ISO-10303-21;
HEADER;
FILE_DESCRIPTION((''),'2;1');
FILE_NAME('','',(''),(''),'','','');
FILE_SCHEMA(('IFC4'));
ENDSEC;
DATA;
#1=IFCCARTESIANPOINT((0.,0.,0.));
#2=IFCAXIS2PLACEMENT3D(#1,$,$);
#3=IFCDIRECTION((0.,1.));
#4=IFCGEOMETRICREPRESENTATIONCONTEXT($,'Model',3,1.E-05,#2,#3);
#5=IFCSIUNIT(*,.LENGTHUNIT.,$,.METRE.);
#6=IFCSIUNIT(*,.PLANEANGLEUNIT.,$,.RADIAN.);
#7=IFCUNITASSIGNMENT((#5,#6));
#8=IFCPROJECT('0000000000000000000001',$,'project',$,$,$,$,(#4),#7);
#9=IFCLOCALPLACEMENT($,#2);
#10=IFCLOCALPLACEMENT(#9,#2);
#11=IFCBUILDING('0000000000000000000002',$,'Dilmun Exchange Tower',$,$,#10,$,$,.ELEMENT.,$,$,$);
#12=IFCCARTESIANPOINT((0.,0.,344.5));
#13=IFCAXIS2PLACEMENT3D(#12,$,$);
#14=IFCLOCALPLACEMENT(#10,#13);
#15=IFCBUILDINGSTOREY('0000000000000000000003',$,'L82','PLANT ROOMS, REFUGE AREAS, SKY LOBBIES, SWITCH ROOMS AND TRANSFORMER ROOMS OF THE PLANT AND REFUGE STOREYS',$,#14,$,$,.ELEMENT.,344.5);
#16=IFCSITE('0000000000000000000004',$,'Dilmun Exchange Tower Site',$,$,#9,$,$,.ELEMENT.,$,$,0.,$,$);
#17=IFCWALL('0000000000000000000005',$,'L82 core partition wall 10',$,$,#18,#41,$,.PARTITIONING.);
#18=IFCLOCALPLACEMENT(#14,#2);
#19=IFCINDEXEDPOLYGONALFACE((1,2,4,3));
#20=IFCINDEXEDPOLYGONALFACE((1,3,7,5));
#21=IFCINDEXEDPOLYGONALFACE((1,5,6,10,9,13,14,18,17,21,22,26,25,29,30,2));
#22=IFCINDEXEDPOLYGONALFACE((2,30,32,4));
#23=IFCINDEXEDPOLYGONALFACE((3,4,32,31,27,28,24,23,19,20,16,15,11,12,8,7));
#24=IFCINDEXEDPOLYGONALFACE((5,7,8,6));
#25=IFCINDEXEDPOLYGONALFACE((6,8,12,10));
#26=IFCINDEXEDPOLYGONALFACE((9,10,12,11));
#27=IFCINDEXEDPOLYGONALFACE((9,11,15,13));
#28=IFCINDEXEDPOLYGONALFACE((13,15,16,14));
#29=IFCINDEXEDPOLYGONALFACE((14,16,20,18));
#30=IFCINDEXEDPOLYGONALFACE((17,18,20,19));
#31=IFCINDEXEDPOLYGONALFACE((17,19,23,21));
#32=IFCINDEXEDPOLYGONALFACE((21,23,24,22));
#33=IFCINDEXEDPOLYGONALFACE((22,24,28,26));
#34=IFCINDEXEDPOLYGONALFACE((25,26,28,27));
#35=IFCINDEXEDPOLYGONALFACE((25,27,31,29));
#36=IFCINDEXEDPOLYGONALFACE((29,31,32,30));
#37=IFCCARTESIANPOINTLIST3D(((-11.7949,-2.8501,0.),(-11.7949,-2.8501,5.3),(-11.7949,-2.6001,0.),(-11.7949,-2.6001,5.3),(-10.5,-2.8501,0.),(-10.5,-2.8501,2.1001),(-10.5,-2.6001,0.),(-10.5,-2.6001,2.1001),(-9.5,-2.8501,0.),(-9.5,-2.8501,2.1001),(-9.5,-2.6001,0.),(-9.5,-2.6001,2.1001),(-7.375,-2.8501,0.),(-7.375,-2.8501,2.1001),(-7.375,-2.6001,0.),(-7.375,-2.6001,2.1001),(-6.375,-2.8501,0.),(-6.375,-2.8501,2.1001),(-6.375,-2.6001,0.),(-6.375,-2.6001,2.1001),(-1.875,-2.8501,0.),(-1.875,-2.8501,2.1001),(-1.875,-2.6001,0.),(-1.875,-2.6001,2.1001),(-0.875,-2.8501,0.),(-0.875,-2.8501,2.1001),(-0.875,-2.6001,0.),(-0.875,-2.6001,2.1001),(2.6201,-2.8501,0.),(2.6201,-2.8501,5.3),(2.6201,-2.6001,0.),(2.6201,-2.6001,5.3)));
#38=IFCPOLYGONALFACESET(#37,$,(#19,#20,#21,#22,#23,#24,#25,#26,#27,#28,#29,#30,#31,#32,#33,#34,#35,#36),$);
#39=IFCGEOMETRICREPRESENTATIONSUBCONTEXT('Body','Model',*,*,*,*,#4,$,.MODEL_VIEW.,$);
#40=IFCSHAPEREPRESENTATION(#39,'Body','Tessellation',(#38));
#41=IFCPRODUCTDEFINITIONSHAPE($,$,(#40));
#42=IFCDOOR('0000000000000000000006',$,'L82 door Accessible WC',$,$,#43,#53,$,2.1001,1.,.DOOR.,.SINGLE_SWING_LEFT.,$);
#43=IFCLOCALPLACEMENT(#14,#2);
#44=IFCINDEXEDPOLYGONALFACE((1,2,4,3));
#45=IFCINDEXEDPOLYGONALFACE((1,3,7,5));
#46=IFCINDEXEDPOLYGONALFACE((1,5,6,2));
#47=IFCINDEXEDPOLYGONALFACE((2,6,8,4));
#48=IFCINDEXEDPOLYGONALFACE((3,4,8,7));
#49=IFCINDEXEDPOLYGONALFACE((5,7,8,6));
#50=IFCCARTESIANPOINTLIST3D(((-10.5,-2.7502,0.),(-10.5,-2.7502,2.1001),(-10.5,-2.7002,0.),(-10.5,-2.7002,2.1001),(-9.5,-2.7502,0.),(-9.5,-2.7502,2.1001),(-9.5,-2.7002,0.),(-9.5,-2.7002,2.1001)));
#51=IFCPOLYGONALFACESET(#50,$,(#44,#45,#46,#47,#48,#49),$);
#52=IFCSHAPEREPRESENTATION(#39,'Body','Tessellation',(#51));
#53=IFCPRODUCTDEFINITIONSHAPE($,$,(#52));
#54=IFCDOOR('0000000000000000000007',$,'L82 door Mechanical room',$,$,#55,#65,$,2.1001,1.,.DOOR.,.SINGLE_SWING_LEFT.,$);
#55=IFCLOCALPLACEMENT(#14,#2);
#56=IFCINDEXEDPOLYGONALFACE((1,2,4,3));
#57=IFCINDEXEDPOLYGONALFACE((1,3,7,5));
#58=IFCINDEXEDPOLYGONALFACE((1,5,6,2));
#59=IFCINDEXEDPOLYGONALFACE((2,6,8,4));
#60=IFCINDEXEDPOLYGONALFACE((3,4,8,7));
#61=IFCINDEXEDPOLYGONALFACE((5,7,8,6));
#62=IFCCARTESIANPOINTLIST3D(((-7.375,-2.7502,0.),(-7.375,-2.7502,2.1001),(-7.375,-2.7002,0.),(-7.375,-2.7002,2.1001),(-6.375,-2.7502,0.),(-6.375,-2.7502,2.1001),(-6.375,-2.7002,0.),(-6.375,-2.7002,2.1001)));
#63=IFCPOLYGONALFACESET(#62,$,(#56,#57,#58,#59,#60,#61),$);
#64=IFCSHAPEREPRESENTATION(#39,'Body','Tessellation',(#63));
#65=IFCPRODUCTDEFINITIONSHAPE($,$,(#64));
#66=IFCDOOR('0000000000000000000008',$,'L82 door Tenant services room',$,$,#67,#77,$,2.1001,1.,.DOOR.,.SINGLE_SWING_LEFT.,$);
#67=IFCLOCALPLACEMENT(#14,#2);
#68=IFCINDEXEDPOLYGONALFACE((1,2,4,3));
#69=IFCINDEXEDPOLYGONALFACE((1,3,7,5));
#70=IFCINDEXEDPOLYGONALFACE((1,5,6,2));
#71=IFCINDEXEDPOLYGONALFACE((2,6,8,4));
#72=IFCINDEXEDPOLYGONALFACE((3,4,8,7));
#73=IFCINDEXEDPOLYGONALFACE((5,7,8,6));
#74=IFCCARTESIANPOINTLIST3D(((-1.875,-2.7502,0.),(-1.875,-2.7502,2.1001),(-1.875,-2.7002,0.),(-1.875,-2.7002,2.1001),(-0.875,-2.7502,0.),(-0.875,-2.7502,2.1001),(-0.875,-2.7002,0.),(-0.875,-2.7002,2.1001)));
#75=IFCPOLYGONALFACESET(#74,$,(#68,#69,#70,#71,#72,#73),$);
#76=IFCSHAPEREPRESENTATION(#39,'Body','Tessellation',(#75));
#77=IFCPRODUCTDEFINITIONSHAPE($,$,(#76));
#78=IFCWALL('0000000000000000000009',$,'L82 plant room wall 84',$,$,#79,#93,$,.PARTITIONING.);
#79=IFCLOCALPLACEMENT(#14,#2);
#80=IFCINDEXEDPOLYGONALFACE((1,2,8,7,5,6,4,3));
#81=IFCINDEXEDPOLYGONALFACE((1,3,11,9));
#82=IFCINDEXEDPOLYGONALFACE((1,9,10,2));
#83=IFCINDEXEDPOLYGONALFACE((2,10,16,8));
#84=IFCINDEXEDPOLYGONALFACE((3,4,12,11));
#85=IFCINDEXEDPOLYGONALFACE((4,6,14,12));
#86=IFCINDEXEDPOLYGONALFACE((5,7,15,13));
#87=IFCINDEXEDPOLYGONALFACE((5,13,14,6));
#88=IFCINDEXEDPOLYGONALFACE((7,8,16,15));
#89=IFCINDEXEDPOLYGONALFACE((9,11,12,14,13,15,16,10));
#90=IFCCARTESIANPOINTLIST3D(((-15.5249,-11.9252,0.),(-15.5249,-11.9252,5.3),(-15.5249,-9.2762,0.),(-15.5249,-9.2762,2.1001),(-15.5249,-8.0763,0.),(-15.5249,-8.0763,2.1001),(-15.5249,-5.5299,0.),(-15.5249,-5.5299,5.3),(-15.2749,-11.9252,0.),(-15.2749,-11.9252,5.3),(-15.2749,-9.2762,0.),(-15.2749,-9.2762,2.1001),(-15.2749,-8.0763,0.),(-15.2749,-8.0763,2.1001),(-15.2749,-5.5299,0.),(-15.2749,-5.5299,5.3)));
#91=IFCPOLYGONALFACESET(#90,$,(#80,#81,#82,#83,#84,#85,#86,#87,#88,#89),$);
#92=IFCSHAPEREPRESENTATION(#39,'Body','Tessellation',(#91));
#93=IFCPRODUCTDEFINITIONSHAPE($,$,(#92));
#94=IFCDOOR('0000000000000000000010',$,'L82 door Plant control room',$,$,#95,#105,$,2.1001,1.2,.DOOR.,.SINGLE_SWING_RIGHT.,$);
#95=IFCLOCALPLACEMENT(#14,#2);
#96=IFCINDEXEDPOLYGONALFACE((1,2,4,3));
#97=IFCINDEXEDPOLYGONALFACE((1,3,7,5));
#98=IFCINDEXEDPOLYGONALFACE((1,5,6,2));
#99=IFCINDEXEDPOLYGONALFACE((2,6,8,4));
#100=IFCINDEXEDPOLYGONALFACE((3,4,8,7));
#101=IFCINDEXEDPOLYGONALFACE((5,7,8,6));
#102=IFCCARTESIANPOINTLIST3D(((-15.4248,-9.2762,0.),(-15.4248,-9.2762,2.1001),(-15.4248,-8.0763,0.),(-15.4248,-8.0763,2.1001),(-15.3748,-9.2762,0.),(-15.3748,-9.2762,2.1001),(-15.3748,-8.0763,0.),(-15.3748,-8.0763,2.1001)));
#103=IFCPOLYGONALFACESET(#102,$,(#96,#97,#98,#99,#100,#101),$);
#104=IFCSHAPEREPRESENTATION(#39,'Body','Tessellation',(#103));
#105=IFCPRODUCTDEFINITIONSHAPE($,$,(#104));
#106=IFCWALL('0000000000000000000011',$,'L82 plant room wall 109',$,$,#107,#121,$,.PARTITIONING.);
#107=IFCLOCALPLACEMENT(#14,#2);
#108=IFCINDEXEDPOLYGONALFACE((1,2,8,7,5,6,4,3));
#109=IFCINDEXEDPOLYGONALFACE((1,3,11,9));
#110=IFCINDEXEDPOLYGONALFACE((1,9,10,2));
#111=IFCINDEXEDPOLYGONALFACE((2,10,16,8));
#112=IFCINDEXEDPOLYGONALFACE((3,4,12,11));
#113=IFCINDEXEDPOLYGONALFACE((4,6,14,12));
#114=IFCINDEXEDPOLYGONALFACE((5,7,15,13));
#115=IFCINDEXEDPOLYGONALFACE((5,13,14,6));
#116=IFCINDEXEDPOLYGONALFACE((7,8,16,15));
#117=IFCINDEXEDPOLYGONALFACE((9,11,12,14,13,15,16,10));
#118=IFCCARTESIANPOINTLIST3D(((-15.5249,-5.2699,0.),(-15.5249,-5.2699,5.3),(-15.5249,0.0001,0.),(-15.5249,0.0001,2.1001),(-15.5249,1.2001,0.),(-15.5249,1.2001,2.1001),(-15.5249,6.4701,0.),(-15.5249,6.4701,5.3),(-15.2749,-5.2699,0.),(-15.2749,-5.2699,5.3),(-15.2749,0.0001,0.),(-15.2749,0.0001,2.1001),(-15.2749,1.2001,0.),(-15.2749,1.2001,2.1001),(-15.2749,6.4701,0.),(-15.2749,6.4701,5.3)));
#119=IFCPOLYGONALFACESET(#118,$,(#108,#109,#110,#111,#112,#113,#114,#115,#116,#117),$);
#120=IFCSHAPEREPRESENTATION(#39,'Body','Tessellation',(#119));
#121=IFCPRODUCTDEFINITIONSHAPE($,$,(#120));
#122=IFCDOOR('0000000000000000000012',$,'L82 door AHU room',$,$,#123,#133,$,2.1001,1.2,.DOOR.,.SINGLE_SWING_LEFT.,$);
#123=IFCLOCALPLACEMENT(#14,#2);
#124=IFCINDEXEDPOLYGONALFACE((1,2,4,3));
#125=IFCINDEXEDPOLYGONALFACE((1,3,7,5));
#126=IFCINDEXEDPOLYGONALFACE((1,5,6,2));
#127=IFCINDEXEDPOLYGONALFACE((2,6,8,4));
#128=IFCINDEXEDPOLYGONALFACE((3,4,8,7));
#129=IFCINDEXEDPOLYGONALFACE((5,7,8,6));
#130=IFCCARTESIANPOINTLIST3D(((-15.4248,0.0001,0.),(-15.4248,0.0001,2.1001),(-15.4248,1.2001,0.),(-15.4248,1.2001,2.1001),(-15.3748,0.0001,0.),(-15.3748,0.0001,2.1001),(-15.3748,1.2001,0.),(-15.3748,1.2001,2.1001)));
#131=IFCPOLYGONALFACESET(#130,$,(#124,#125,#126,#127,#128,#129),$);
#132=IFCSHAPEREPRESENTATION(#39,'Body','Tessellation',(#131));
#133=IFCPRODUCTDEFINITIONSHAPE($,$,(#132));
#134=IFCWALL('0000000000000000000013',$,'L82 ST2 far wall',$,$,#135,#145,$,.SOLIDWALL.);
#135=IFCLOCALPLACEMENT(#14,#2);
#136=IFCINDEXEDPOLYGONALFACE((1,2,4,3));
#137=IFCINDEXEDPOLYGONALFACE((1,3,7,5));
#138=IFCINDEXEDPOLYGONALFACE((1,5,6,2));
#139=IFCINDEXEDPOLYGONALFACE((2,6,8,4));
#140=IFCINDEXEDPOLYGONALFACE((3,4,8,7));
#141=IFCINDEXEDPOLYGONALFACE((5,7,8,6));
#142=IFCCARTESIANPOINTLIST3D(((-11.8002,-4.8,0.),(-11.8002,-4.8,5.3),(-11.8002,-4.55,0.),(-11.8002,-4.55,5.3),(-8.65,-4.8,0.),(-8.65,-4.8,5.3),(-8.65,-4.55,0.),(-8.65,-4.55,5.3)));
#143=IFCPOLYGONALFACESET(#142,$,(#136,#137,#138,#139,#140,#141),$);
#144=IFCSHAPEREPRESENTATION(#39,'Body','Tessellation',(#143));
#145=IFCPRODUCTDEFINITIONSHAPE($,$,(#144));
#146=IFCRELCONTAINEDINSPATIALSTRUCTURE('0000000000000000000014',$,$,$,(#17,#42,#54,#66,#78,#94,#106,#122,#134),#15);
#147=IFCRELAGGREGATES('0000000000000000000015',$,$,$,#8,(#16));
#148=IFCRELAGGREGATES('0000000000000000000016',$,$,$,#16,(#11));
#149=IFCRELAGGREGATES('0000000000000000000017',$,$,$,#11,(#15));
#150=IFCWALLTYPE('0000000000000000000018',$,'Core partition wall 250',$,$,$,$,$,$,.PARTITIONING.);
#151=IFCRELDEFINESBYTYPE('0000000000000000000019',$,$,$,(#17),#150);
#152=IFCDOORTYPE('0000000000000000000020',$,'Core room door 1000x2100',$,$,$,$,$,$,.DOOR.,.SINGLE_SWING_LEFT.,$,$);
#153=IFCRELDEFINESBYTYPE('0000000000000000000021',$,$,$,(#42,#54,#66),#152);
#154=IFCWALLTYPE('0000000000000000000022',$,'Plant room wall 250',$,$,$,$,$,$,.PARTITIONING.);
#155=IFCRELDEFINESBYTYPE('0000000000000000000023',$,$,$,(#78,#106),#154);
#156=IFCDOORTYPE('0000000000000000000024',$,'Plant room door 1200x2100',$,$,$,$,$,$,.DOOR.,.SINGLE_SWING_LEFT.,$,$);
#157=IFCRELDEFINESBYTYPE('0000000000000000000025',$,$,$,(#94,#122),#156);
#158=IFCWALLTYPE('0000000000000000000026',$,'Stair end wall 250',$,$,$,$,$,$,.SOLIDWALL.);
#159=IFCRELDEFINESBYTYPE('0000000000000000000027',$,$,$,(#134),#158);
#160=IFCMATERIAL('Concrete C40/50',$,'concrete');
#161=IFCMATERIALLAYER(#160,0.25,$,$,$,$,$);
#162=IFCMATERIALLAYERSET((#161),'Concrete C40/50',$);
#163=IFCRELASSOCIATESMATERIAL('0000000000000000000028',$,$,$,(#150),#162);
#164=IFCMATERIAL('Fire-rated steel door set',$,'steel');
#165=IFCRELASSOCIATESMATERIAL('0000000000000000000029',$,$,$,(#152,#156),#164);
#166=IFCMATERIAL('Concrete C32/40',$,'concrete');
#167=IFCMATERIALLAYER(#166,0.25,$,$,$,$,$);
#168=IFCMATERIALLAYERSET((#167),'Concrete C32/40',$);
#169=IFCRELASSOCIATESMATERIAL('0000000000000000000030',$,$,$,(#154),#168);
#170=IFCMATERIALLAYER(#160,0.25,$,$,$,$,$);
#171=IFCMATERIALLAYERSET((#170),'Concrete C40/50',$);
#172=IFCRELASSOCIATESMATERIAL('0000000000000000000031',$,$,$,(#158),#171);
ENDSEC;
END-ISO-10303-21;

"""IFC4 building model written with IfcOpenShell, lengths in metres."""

from ifc_helpers import new_model, si_unit, direction, frame, frame_2d, origin, place, context, subcontext, project, spatial, rectangle, extrude, material, layer, layer_set, type_object, element, fill, save


model = new_model("IFC4")

# Units and contexts
model_context = context("Model", 3, precision=1e-05, world=origin(), true_north=direction((0.0, 1.0)))
body_context = subcontext(model_context, "Body", "Model", "MODEL_VIEW")
ifc_project = project(units=[si_unit("LENGTHUNIT", "METRE"), si_unit("PLANEANGLEUNIT", "RADIAN")], contexts=[model_context])

# Site, building, storey
site_placement = place(None, origin())
site = spatial("IfcSite", under=ifc_project, at=site_placement, Name="Dilmun Exchange Tower Site", CompositionType="ELEMENT", RefElevation=0.0)
building_placement = place(site_placement, origin())
building = spatial("IfcBuilding", under=site, at=building_placement, Name="Dilmun Exchange Tower", CompositionType="ELEMENT")
storey_placement = place(building_placement, frame((0.0, 0.0, 344.5)))
storey = spatial("IfcBuildingStorey", under=building, at=storey_placement, Name="L82", Description="PLANT ROOMS, REFUGE AREAS, SKY LOBBIES, SWITCH ROOMS AND TRANSFORMER ROOMS OF THE PLANT AND REFUGE STOREYS", CompositionType="ELEMENT", Elevation=344.5)

# Wall, openings, doors
ifc_material_1 = material(Name="Concrete C40/50", Category="concrete")
ifc_layer_1 = layer(ifc_material_1, 0.25)
ifc_layer_set_1 = layer_set([ifc_layer_1], Name="Concrete C40/50")
wall_type_1 = type_object("IfcWallType", Name="Core partition wall 250", PredefinedType="PARTITIONING", material=ifc_layer_set_1)
wall_1_placement = place(storey_placement, frame((-11.7949, -2.7251, 0.0), z_axis=(0.0, 0.0, 1.0), x_axis=(1.0, 0.0, 0.0)))
wall_1 = element("IfcWall", 1, at=wall_1_placement, inside=storey, type_object=wall_type_1, Name="L82 core partition wall 10", PredefinedType="PARTITIONING", context=body_context, shape_type="SweptSolid", body=[
    extrude(rectangle(XDim=14.415, YDim=0.25, at=frame_2d((7.2075, 0.0))), origin(), (0.0, 0.0, 1.0), 5.3),
])
opening_1_placement = place(wall_1_placement, frame((1.2949, 0.0, 0.0)))
opening_1 = element("IfcOpeningElement", 2, at=opening_1_placement, cuts=wall_1, PredefinedType="OPENING", context=body_context, shape_type="SweptSolid", body=[
    extrude(rectangle(XDim=1.0, YDim=2.1001, at=frame_2d((0.5, 1.05))), frame((0.0, 0.135, 0.0), z_axis=(0.0, -1.0, 0.0), x_axis=(1.0, 0.0, 0.0)), (0.0, 0.0, 1.0), 0.27),
])
opening_2_placement = place(wall_1_placement, frame((4.4199, 0.0, 0.0)))
opening_2 = element("IfcOpeningElement", 3, at=opening_2_placement, cuts=wall_1, PredefinedType="OPENING", context=body_context, shape_type="SweptSolid", body=[
    extrude(rectangle(XDim=1.0, YDim=2.1001, at=frame_2d((0.5, 1.05))), frame((0.0, 0.135, 0.0), z_axis=(0.0, -1.0, 0.0), x_axis=(1.0, 0.0, 0.0)), (0.0, 0.0, 1.0), 0.27),
])
opening_3_placement = place(wall_1_placement, frame((9.9199, 0.0, 0.0)))
opening_3 = element("IfcOpeningElement", 4, at=opening_3_placement, cuts=wall_1, PredefinedType="OPENING", context=body_context, shape_type="SweptSolid", body=[
    extrude(rectangle(XDim=1.0, YDim=2.1001, at=frame_2d((0.5, 1.05))), frame((0.0, 0.135, 0.0), z_axis=(0.0, -1.0, 0.0), x_axis=(1.0, 0.0, 0.0)), (0.0, 0.0, 1.0), 0.27),
])
ifc_material_2 = material(Name="Fire-rated steel door set", Category="steel")
door_type_1 = type_object("IfcDoorType", Name="Core room door 1000x2100", OperationType="SINGLE_SWING_LEFT", PredefinedType="DOOR", material=ifc_material_2)
door_1_placement = place(opening_1_placement, origin())
door_1 = element("IfcDoor", 5, at=door_1_placement, inside=storey, type_object=door_type_1, Name="L82 door Accessible WC", OperationType="SINGLE_SWING_LEFT", OverallHeight=2.1001, OverallWidth=1.0, PredefinedType="DOOR", context=body_context, shape_type="SweptSolid", body=[
    extrude(rectangle(XDim=1.0, YDim=2.1001, at=frame_2d((0.5, 1.05))), frame((0.0, 0.0249, 0.0), z_axis=(0.0, -1.0, 0.0), x_axis=(1.0, 0.0, 0.0)), (0.0, 0.0, 1.0), 0.05),
])
fill(opening_1, door_1)
door_2_placement = place(opening_2_placement, origin())
door_2 = element("IfcDoor", 6, at=door_2_placement, inside=storey, type_object=door_type_1, Name="L82 door Mechanical room", OperationType="SINGLE_SWING_LEFT", OverallHeight=2.1001, OverallWidth=1.0, PredefinedType="DOOR", context=body_context, shape_type="SweptSolid", body=[
    extrude(rectangle(XDim=1.0, YDim=2.1001, at=frame_2d((0.5, 1.05))), frame((0.0, 0.0249, 0.0), z_axis=(0.0, -1.0, 0.0), x_axis=(1.0, 0.0, 0.0)), (0.0, 0.0, 1.0), 0.05),
])
fill(opening_2, door_2)
door_3_placement = place(opening_3_placement, origin())
door_3 = element("IfcDoor", 7, at=door_3_placement, inside=storey, type_object=door_type_1, Name="L82 door Tenant services room", OperationType="SINGLE_SWING_LEFT", OverallHeight=2.1001, OverallWidth=1.0, PredefinedType="DOOR", context=body_context, shape_type="SweptSolid", body=[
    extrude(rectangle(XDim=1.0, YDim=2.1001, at=frame_2d((0.5, 1.05))), frame((0.0, 0.0249, 0.0), z_axis=(0.0, -1.0, 0.0), x_axis=(1.0, 0.0, 0.0)), (0.0, 0.0, 1.0), 0.05),
])
fill(opening_3, door_3)

# Walls, openings, doors
ifc_material_3 = material(Name="Concrete C32/40", Category="concrete")
ifc_layer_2 = layer(ifc_material_3, 0.25)
ifc_layer_set_2 = layer_set([ifc_layer_2], Name="Concrete C32/40")
wall_type_2 = type_object("IfcWallType", Name="Plant room wall 250", PredefinedType="PARTITIONING", material=ifc_layer_set_2)
wall_2_placement = place(storey_placement, frame((-15.3999, -11.9253, 0.0), z_axis=(0.0, 0.0, 1.0), x_axis=(0.0, 1.0, 0.0)))
wall_2 = element("IfcWall", 8, at=wall_2_placement, inside=storey, type_object=wall_type_2, Name="L82 plant room wall 84", PredefinedType="PARTITIONING", context=body_context, shape_type="SweptSolid", body=[
    extrude(rectangle(XDim=6.3953, YDim=0.25, at=frame_2d((3.1978, 0.0))), origin(), (0.0, 0.0, 1.0), 5.3),
])
opening_4_placement = place(wall_2_placement, frame((2.6489, 0.0, 0.0)))
opening_4 = element("IfcOpeningElement", 9, at=opening_4_placement, cuts=wall_2, PredefinedType="OPENING", context=body_context, shape_type="SweptSolid", body=[
    extrude(rectangle(XDim=1.2, YDim=2.1001, at=frame_2d((0.6001, 1.05))), frame((0.0, 0.135, 0.0), z_axis=(0.0, -1.0, 0.0), x_axis=(1.0, 0.0, 0.0)), (0.0, 0.0, 1.0), 0.27),
])
door_type_2 = type_object("IfcDoorType", Name="Plant room door 1200x2100", OperationType="SINGLE_SWING_LEFT", PredefinedType="DOOR", material=ifc_material_2)
door_4_placement = place(opening_4_placement, origin())
door_4 = element("IfcDoor", 10, at=door_4_placement, inside=storey, type_object=door_type_2, Name="L82 door Plant control room", OperationType="SINGLE_SWING_RIGHT", OverallHeight=2.1001, OverallWidth=1.2, PredefinedType="DOOR", context=body_context, shape_type="SweptSolid", body=[
    extrude(rectangle(XDim=1.2, YDim=2.1001, at=frame_2d((0.6001, 1.05))), frame((0.0, 0.0249, 0.0), z_axis=(0.0, -1.0, 0.0), x_axis=(1.0, 0.0, 0.0)), (0.0, 0.0, 1.0), 0.05),
])
fill(opening_4, door_4)
wall_3_placement = place(storey_placement, frame((-15.3999, -5.27, 0.0), z_axis=(0.0, 0.0, 1.0), x_axis=(0.0, 1.0, 0.0)))
wall_3 = element("IfcWall", 11, at=wall_3_placement, inside=storey, type_object=wall_type_2, Name="L82 plant room wall 109", PredefinedType="PARTITIONING", context=body_context, shape_type="SweptSolid", body=[
    extrude(rectangle(XDim=11.74, YDim=0.25, at=frame_2d((5.8701, 0.0))), origin(), (0.0, 0.0, 1.0), 5.3),
])
opening_5_placement = place(wall_3_placement, frame((5.27, 0.0, 0.0)))
opening_5 = element("IfcOpeningElement", 12, at=opening_5_placement, cuts=wall_3, PredefinedType="OPENING", context=body_context, shape_type="SweptSolid", body=[
    extrude(rectangle(XDim=1.2, YDim=2.1001, at=frame_2d((0.6001, 1.05))), frame((0.0, 0.135, 0.0), z_axis=(0.0, -1.0, 0.0), x_axis=(1.0, 0.0, 0.0)), (0.0, 0.0, 1.0), 0.27),
])
door_5_placement = place(opening_5_placement, origin())
door_5 = element("IfcDoor", 13, at=door_5_placement, inside=storey, type_object=door_type_2, Name="L82 door AHU room", OperationType="SINGLE_SWING_LEFT", OverallHeight=2.1001, OverallWidth=1.2, PredefinedType="DOOR", context=body_context, shape_type="SweptSolid", body=[
    extrude(rectangle(XDim=1.2, YDim=2.1001, at=frame_2d((0.6001, 1.05))), frame((0.0, 0.0249, 0.0), z_axis=(0.0, -1.0, 0.0), x_axis=(1.0, 0.0, 0.0)), (0.0, 0.0, 1.0), 0.05),
])
fill(opening_5, door_5)

# Wall
ifc_layer_3 = layer(ifc_material_1, 0.25)
ifc_layer_set_3 = layer_set([ifc_layer_3], Name="Concrete C40/50")
wall_type_3 = type_object("IfcWallType", Name="Stair end wall 250", PredefinedType="SOLIDWALL", material=ifc_layer_set_3)
wall_4_placement = place(storey_placement, frame((-8.6499, -4.675, 0.0), z_axis=(0.0, 0.0, 1.0), x_axis=(-1.0, 0.0, 0.0)))
element("IfcWall", 14, at=wall_4_placement, inside=storey, type_object=wall_type_3, Name="L82 ST2 far wall", PredefinedType="SOLIDWALL", context=body_context, shape_type="SweptSolid", body=[
    extrude(rectangle(XDim=3.1501, YDim=0.25, at=frame_2d((1.5752, 0.0))), origin(), (0.0, 0.0, 1.0), 5.3),
])

save(model, "model.ifc")
